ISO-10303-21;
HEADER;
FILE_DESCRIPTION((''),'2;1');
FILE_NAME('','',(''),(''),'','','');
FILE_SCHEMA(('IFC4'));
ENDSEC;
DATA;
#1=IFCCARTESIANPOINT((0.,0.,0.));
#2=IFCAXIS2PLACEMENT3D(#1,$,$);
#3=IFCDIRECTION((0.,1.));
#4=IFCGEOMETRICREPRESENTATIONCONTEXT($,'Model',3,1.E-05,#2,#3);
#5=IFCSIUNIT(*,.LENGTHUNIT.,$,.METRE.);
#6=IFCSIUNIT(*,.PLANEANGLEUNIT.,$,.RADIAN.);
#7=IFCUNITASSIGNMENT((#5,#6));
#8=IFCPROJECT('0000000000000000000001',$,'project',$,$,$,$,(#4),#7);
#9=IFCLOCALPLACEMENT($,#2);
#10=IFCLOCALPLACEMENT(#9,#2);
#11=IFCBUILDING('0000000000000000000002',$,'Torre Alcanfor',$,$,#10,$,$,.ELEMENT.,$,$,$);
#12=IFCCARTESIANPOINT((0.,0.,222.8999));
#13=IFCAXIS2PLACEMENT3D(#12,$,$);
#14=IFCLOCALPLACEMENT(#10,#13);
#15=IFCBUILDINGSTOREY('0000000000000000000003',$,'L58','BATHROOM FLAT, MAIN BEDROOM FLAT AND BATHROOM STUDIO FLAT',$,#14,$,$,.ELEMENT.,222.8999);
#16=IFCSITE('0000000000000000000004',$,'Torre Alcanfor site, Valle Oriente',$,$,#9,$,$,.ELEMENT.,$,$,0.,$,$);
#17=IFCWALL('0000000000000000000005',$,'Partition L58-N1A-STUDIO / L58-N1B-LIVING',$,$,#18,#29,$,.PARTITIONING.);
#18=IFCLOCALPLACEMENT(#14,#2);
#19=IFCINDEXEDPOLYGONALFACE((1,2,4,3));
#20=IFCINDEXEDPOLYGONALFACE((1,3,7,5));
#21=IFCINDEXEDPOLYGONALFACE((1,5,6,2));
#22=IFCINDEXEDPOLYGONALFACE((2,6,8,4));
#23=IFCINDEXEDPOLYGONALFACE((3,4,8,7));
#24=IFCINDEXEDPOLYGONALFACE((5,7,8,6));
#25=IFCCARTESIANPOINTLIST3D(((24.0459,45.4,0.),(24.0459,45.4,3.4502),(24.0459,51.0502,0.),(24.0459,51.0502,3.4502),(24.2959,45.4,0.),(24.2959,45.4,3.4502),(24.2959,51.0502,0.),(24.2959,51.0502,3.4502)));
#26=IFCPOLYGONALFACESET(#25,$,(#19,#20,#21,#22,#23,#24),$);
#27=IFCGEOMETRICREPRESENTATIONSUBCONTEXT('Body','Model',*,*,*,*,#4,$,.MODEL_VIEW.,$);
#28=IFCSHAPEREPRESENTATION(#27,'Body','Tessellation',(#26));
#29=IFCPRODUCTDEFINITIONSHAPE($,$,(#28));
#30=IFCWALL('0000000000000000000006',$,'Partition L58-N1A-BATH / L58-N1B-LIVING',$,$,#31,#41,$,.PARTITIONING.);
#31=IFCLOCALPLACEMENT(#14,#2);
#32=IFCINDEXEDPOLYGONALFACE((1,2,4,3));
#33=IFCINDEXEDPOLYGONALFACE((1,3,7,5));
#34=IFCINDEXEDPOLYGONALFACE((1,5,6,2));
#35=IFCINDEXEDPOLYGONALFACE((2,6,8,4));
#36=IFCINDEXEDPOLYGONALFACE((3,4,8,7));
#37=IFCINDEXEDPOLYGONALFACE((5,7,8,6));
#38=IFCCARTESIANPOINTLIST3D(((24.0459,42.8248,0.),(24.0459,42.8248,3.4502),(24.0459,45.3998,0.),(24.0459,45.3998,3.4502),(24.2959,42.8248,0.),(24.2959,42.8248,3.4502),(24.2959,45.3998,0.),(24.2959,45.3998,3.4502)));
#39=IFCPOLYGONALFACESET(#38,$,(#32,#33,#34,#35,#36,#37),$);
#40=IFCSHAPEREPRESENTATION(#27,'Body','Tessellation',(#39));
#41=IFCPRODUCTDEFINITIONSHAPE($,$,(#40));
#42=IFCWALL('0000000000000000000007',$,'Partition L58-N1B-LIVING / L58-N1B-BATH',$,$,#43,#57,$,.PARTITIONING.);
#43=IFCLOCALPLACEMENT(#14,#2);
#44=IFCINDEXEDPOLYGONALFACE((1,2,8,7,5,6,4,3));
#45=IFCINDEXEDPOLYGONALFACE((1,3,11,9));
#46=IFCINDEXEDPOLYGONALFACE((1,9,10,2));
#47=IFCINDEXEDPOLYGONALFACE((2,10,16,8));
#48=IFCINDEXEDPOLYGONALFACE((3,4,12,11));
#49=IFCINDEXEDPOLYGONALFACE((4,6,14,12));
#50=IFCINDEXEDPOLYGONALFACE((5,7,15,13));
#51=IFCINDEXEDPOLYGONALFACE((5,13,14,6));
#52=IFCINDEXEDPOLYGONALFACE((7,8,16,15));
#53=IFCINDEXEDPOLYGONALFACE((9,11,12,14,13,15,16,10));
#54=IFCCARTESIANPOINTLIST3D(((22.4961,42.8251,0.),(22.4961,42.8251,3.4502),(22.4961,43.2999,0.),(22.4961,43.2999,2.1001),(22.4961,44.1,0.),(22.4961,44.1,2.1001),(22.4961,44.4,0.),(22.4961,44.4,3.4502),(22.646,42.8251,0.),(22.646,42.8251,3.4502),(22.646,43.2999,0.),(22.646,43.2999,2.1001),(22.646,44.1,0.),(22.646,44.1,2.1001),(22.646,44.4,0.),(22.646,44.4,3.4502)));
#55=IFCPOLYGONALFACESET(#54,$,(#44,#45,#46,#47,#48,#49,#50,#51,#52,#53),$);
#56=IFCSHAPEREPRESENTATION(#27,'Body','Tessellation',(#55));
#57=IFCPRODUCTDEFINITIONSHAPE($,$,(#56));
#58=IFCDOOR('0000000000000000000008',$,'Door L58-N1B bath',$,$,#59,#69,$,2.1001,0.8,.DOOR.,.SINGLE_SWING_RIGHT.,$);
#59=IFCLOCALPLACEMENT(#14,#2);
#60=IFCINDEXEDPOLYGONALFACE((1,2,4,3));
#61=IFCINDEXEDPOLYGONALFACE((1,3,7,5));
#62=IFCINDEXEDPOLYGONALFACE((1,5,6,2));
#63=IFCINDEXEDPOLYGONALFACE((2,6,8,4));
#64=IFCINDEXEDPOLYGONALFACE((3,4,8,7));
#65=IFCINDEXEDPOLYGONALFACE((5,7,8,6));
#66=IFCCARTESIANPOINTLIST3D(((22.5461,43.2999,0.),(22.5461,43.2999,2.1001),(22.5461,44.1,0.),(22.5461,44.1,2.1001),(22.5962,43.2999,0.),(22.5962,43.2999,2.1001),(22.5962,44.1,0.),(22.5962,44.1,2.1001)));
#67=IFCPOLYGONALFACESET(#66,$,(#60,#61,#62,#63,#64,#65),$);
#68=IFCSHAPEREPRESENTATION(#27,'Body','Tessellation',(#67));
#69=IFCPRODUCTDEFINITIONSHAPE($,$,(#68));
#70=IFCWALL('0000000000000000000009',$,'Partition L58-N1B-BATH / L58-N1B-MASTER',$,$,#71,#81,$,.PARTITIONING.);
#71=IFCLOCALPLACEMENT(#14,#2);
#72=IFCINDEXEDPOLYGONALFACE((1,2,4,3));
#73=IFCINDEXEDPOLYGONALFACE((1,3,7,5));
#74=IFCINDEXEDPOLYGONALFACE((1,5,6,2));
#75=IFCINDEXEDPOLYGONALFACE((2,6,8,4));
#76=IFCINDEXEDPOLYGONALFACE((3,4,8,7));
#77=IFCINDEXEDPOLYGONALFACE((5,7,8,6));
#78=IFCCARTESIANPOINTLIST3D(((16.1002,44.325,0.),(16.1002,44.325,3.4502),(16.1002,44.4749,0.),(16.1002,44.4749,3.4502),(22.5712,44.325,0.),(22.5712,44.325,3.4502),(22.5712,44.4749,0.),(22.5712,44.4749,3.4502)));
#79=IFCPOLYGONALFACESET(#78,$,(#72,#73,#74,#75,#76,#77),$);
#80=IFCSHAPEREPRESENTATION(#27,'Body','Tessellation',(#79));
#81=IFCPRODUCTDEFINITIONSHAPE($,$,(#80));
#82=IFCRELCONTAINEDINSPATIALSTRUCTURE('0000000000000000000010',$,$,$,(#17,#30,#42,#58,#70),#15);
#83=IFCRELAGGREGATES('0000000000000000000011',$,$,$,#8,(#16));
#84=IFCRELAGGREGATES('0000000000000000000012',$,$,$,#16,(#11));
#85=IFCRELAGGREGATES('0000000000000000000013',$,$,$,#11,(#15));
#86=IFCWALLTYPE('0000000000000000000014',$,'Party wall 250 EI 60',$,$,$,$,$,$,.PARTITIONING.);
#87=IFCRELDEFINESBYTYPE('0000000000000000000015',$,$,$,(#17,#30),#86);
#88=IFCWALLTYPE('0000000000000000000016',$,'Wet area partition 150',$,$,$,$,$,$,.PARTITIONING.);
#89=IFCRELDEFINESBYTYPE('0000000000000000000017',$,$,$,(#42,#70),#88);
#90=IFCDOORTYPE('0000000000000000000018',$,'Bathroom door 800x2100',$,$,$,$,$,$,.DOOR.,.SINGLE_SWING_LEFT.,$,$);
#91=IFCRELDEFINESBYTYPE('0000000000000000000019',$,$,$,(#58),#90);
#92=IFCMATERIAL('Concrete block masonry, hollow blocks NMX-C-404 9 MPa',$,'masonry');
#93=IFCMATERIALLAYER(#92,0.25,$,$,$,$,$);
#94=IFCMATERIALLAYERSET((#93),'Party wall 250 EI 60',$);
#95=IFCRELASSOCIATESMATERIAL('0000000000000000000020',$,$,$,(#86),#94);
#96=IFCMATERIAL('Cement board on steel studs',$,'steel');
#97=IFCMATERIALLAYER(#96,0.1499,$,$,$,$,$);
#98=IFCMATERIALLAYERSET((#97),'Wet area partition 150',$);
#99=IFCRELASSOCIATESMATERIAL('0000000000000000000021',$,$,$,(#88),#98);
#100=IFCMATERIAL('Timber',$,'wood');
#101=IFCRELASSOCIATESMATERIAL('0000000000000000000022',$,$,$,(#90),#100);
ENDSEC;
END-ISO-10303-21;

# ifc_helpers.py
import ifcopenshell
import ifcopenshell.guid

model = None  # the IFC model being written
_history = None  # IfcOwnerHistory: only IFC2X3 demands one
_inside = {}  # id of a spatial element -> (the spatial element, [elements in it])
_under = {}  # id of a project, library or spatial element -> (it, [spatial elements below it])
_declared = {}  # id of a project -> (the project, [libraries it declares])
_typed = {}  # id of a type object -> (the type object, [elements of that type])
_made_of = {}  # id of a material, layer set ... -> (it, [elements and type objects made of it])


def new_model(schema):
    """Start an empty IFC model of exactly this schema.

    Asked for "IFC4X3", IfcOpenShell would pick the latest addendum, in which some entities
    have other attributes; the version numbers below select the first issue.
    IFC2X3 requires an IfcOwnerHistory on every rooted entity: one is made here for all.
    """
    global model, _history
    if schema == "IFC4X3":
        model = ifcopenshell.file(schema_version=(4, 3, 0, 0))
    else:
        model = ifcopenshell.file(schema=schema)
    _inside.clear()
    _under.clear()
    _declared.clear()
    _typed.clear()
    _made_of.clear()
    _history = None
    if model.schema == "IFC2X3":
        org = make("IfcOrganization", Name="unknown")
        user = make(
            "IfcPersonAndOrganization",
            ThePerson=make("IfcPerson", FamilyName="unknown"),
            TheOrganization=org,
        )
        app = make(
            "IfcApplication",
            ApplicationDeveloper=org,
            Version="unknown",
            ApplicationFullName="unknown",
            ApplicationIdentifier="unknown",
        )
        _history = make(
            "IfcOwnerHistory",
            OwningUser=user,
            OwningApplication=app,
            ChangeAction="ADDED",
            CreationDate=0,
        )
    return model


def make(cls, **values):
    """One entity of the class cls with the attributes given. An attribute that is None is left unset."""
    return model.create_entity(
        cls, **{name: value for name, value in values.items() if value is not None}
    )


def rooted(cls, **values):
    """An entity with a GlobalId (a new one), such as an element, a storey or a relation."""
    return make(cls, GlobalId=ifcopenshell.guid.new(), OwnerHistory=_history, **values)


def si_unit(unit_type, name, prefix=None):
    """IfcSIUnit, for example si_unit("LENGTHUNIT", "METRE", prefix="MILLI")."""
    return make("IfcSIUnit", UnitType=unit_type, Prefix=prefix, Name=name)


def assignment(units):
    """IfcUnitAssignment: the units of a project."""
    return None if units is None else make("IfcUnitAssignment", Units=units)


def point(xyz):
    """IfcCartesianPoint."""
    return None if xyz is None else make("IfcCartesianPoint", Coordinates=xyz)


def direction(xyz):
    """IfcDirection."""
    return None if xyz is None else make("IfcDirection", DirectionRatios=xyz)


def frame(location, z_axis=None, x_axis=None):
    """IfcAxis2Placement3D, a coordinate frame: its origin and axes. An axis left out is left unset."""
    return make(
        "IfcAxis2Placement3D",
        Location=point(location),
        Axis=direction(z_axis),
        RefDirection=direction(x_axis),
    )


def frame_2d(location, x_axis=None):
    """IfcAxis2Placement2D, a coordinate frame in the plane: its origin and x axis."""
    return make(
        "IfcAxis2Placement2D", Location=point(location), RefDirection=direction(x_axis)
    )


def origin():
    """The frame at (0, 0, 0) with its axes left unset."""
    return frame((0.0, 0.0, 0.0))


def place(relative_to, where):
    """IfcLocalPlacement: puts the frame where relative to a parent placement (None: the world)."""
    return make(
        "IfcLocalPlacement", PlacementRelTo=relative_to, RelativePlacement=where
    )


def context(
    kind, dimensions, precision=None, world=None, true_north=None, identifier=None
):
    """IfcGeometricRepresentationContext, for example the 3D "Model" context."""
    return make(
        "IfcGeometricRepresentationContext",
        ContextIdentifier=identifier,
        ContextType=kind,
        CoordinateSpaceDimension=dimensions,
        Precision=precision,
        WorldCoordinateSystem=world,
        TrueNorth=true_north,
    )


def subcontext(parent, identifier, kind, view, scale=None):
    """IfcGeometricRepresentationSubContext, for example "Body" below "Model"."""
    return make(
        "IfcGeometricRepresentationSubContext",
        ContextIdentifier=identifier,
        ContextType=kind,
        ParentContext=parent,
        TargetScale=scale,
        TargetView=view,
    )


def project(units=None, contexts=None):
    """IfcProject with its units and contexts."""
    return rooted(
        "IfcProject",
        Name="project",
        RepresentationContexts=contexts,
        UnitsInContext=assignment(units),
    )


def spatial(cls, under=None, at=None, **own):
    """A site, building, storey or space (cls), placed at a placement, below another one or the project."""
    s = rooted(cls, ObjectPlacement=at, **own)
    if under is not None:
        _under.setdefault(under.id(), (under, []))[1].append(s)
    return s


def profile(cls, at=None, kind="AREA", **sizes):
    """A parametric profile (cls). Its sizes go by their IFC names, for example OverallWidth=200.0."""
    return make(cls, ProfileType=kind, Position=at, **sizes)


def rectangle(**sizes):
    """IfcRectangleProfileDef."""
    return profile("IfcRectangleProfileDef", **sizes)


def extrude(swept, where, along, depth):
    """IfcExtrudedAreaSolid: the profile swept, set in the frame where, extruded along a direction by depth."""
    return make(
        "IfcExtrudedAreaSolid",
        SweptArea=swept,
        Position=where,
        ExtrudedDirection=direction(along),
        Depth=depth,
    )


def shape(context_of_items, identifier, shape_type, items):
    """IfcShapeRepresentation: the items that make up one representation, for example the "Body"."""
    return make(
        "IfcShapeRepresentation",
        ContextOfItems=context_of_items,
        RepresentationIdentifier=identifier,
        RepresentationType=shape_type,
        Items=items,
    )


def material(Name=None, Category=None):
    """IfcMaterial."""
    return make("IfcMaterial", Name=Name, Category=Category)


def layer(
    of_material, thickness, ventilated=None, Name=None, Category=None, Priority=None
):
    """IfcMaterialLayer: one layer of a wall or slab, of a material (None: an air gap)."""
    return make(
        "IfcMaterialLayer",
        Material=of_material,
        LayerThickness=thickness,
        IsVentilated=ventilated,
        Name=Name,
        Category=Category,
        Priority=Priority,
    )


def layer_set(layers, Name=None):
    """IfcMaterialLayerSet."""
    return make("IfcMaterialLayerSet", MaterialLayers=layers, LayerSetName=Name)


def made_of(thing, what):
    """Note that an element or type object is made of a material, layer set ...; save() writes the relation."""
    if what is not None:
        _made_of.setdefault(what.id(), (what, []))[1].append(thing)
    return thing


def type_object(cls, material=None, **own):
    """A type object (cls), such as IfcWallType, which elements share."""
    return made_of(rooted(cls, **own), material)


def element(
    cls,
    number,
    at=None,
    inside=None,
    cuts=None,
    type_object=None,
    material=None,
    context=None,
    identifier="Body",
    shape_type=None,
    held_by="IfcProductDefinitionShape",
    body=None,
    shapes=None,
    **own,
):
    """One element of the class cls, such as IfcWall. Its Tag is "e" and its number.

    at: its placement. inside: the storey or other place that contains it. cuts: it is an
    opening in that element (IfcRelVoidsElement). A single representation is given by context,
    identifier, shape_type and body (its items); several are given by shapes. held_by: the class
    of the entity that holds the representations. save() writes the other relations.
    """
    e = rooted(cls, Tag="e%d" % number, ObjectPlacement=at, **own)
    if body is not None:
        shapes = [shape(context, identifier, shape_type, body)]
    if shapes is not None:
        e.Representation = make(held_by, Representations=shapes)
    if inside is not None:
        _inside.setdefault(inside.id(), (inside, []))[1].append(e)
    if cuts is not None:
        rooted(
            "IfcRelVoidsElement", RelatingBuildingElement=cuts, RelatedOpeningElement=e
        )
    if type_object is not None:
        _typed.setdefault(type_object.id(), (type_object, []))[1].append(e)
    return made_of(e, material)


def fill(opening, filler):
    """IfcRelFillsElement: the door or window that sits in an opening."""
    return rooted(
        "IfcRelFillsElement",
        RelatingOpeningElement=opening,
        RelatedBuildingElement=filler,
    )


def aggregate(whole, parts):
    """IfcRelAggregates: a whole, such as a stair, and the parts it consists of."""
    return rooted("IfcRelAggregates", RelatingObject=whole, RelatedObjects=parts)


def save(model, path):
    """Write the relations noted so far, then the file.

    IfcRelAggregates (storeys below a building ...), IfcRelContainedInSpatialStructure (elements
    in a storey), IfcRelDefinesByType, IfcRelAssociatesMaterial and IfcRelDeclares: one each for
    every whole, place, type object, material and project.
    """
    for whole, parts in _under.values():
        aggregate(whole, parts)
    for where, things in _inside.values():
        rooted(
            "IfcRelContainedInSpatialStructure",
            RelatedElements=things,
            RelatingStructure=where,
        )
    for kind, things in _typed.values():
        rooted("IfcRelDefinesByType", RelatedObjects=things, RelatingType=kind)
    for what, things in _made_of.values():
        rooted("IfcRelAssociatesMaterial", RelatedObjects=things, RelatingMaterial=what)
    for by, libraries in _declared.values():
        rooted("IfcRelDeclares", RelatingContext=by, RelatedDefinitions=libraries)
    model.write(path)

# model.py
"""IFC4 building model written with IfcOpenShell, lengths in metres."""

from ifc_helpers import new_model, si_unit, direction, frame, frame_2d, origin, place, context, subcontext, project, spatial, rectangle, extrude, material, layer, layer_set, type_object, element, fill, save


model = new_model("IFC4")

# Units and contexts
model_context = context("Model", 3, precision=1e-05, world=origin(), true_north=direction((0.0, 1.0)))
body_context = subcontext(model_context, "Body", "Model", "MODEL_VIEW")
ifc_project = project(units=[si_unit("LENGTHUNIT", "METRE"), si_unit("PLANEANGLEUNIT", "RADIAN")], contexts=[model_context])

# Site, building, storey
site_placement = place(None, origin())
site = spatial("IfcSite", under=ifc_project, at=site_placement, Name="Torre Alcanfor site, Valle Oriente", CompositionType="ELEMENT", RefElevation=0.0)
building_placement = place(site_placement, origin())
building = spatial("IfcBuilding", under=site, at=building_placement, Name="Torre Alcanfor", CompositionType="ELEMENT")
storey_placement = place(building_placement, frame((0.0, 0.0, 222.8999)))
storey = spatial("IfcBuildingStorey", under=building, at=storey_placement, Name="L58", Description="BATHROOM FLAT, MAIN BEDROOM FLAT AND BATHROOM STUDIO FLAT", CompositionType="ELEMENT", Elevation=222.8999)

# Walls
ifc_material_1 = material(Name="Concrete block masonry, hollow blocks NMX-C-404 9 MPa", Category="masonry")
ifc_layer_1 = layer(ifc_material_1, 0.25)
ifc_layer_set_1 = layer_set([ifc_layer_1], Name="Party wall 250 EI 60")
wall_type_1 = type_object("IfcWallType", Name="Party wall 250 EI 60", PredefinedType="PARTITIONING", material=ifc_layer_set_1)
wall_1_placement = place(storey_placement, frame((24.1709, 45.3999, 0.0), z_axis=(0.0, 0.0, 1.0), x_axis=(0.0, 1.0, 0.0)))
element("IfcWall", 1, at=wall_1_placement, inside=storey, type_object=wall_type_1, Name="Partition L58-N1A-STUDIO / L58-N1B-LIVING", PredefinedType="PARTITIONING", context=body_context, shape_type="SweptSolid", body=[
    extrude(rectangle(XDim=5.6501, YDim=0.25, at=frame_2d((2.8252, 0.0))), origin(), (0.0, 0.0, 1.0), 3.4502),
])
wall_2_placement = place(storey_placement, frame((24.1709, 45.3999, 0.0), z_axis=(0.0, 0.0, 1.0), x_axis=(0.0, -1.0, 0.0)))
element("IfcWall", 2, at=wall_2_placement, inside=storey, type_object=wall_type_1, Name="Partition L58-N1A-BATH / L58-N1B-LIVING", PredefinedType="PARTITIONING", context=body_context, shape_type="SweptSolid", body=[
    extrude(rectangle(XDim=2.575, YDim=0.25, at=frame_2d((1.2876, 0.0))), origin(), (0.0, 0.0, 1.0), 3.4502),
])

# Wall, opening, door
ifc_material_2 = material(Name="Cement board on steel studs", Category="steel")
ifc_layer_2 = layer(ifc_material_2, 0.1499)
ifc_layer_set_2 = layer_set([ifc_layer_2], Name="Wet area partition 150")
wall_type_2 = type_object("IfcWallType", Name="Wet area partition 150", PredefinedType="PARTITIONING", material=ifc_layer_set_2)
wall_3_placement = place(storey_placement, frame((22.571, 42.825, 0.0), z_axis=(0.0, 0.0, 1.0), x_axis=(0.0, 1.0, 0.0)))
wall_3 = element("IfcWall", 3, at=wall_3_placement, inside=storey, type_object=wall_type_2, Name="Partition L58-N1B-LIVING / L58-N1B-BATH", PredefinedType="PARTITIONING", context=body_context, shape_type="SweptSolid", body=[
    extrude(rectangle(XDim=1.575, YDim=0.1499, at=frame_2d((0.7876, 0.0))), origin(), (0.0, 0.0, 1.0), 3.4502),
])
opening_1_placement = place(wall_3_placement, frame((0.4751, 0.0, 0.0)))
opening_1 = element("IfcOpeningElement", 4, at=opening_1_placement, cuts=wall_3, PredefinedType="OPENING", context=body_context, shape_type="SweptSolid", body=[
    extrude(rectangle(XDim=0.8, YDim=2.1001, at=frame_2d((0.3999, 1.05))), frame((0.0, 0.085, 0.0), z_axis=(0.0, -1.0, 0.0), x_axis=(1.0, 0.0, 0.0)), (0.0, 0.0, 1.0), 0.1699),
])
ifc_material_3 = material(Name="Timber", Category="wood")
door_type_1 = type_object("IfcDoorType", Name="Bathroom door 800x2100", OperationType="SINGLE_SWING_LEFT", PredefinedType="DOOR", material=ifc_material_3)
door_1_placement = place(opening_1_placement, origin())
door_1 = element("IfcDoor", 5, at=door_1_placement, inside=storey, type_object=door_type_1, Name="Door L58-N1B bath", OperationType="SINGLE_SWING_RIGHT", OverallHeight=2.1001, OverallWidth=0.8, PredefinedType="DOOR", context=body_context, shape_type="SweptSolid", body=[
    extrude(rectangle(XDim=0.8, YDim=2.1001, at=frame_2d((0.3999, 1.05))), frame((0.0, 0.0249, 0.0), z_axis=(0.0, -1.0, 0.0), x_axis=(1.0, 0.0, 0.0)), (0.0, 0.0, 1.0), 0.05),
])
fill(opening_1, door_1)

# Wall
wall_4_placement = place(storey_placement, frame((22.571, 44.3999, 0.0), z_axis=(0.0, 0.0, 1.0), x_axis=(-1.0, 0.0, 0.0)))
element("IfcWall", 6, at=wall_4_placement, inside=storey, type_object=wall_type_2, Name="Partition L58-N1B-BATH / L58-N1B-MASTER", PredefinedType="PARTITIONING", context=body_context, shape_type="SweptSolid", body=[
    extrude(rectangle(XDim=6.4709, YDim=0.1499, at=frame_2d((3.2354, 0.0))), origin(), (0.0, 0.0, 1.0), 3.4502),
])

save(model, "model.ifc")
